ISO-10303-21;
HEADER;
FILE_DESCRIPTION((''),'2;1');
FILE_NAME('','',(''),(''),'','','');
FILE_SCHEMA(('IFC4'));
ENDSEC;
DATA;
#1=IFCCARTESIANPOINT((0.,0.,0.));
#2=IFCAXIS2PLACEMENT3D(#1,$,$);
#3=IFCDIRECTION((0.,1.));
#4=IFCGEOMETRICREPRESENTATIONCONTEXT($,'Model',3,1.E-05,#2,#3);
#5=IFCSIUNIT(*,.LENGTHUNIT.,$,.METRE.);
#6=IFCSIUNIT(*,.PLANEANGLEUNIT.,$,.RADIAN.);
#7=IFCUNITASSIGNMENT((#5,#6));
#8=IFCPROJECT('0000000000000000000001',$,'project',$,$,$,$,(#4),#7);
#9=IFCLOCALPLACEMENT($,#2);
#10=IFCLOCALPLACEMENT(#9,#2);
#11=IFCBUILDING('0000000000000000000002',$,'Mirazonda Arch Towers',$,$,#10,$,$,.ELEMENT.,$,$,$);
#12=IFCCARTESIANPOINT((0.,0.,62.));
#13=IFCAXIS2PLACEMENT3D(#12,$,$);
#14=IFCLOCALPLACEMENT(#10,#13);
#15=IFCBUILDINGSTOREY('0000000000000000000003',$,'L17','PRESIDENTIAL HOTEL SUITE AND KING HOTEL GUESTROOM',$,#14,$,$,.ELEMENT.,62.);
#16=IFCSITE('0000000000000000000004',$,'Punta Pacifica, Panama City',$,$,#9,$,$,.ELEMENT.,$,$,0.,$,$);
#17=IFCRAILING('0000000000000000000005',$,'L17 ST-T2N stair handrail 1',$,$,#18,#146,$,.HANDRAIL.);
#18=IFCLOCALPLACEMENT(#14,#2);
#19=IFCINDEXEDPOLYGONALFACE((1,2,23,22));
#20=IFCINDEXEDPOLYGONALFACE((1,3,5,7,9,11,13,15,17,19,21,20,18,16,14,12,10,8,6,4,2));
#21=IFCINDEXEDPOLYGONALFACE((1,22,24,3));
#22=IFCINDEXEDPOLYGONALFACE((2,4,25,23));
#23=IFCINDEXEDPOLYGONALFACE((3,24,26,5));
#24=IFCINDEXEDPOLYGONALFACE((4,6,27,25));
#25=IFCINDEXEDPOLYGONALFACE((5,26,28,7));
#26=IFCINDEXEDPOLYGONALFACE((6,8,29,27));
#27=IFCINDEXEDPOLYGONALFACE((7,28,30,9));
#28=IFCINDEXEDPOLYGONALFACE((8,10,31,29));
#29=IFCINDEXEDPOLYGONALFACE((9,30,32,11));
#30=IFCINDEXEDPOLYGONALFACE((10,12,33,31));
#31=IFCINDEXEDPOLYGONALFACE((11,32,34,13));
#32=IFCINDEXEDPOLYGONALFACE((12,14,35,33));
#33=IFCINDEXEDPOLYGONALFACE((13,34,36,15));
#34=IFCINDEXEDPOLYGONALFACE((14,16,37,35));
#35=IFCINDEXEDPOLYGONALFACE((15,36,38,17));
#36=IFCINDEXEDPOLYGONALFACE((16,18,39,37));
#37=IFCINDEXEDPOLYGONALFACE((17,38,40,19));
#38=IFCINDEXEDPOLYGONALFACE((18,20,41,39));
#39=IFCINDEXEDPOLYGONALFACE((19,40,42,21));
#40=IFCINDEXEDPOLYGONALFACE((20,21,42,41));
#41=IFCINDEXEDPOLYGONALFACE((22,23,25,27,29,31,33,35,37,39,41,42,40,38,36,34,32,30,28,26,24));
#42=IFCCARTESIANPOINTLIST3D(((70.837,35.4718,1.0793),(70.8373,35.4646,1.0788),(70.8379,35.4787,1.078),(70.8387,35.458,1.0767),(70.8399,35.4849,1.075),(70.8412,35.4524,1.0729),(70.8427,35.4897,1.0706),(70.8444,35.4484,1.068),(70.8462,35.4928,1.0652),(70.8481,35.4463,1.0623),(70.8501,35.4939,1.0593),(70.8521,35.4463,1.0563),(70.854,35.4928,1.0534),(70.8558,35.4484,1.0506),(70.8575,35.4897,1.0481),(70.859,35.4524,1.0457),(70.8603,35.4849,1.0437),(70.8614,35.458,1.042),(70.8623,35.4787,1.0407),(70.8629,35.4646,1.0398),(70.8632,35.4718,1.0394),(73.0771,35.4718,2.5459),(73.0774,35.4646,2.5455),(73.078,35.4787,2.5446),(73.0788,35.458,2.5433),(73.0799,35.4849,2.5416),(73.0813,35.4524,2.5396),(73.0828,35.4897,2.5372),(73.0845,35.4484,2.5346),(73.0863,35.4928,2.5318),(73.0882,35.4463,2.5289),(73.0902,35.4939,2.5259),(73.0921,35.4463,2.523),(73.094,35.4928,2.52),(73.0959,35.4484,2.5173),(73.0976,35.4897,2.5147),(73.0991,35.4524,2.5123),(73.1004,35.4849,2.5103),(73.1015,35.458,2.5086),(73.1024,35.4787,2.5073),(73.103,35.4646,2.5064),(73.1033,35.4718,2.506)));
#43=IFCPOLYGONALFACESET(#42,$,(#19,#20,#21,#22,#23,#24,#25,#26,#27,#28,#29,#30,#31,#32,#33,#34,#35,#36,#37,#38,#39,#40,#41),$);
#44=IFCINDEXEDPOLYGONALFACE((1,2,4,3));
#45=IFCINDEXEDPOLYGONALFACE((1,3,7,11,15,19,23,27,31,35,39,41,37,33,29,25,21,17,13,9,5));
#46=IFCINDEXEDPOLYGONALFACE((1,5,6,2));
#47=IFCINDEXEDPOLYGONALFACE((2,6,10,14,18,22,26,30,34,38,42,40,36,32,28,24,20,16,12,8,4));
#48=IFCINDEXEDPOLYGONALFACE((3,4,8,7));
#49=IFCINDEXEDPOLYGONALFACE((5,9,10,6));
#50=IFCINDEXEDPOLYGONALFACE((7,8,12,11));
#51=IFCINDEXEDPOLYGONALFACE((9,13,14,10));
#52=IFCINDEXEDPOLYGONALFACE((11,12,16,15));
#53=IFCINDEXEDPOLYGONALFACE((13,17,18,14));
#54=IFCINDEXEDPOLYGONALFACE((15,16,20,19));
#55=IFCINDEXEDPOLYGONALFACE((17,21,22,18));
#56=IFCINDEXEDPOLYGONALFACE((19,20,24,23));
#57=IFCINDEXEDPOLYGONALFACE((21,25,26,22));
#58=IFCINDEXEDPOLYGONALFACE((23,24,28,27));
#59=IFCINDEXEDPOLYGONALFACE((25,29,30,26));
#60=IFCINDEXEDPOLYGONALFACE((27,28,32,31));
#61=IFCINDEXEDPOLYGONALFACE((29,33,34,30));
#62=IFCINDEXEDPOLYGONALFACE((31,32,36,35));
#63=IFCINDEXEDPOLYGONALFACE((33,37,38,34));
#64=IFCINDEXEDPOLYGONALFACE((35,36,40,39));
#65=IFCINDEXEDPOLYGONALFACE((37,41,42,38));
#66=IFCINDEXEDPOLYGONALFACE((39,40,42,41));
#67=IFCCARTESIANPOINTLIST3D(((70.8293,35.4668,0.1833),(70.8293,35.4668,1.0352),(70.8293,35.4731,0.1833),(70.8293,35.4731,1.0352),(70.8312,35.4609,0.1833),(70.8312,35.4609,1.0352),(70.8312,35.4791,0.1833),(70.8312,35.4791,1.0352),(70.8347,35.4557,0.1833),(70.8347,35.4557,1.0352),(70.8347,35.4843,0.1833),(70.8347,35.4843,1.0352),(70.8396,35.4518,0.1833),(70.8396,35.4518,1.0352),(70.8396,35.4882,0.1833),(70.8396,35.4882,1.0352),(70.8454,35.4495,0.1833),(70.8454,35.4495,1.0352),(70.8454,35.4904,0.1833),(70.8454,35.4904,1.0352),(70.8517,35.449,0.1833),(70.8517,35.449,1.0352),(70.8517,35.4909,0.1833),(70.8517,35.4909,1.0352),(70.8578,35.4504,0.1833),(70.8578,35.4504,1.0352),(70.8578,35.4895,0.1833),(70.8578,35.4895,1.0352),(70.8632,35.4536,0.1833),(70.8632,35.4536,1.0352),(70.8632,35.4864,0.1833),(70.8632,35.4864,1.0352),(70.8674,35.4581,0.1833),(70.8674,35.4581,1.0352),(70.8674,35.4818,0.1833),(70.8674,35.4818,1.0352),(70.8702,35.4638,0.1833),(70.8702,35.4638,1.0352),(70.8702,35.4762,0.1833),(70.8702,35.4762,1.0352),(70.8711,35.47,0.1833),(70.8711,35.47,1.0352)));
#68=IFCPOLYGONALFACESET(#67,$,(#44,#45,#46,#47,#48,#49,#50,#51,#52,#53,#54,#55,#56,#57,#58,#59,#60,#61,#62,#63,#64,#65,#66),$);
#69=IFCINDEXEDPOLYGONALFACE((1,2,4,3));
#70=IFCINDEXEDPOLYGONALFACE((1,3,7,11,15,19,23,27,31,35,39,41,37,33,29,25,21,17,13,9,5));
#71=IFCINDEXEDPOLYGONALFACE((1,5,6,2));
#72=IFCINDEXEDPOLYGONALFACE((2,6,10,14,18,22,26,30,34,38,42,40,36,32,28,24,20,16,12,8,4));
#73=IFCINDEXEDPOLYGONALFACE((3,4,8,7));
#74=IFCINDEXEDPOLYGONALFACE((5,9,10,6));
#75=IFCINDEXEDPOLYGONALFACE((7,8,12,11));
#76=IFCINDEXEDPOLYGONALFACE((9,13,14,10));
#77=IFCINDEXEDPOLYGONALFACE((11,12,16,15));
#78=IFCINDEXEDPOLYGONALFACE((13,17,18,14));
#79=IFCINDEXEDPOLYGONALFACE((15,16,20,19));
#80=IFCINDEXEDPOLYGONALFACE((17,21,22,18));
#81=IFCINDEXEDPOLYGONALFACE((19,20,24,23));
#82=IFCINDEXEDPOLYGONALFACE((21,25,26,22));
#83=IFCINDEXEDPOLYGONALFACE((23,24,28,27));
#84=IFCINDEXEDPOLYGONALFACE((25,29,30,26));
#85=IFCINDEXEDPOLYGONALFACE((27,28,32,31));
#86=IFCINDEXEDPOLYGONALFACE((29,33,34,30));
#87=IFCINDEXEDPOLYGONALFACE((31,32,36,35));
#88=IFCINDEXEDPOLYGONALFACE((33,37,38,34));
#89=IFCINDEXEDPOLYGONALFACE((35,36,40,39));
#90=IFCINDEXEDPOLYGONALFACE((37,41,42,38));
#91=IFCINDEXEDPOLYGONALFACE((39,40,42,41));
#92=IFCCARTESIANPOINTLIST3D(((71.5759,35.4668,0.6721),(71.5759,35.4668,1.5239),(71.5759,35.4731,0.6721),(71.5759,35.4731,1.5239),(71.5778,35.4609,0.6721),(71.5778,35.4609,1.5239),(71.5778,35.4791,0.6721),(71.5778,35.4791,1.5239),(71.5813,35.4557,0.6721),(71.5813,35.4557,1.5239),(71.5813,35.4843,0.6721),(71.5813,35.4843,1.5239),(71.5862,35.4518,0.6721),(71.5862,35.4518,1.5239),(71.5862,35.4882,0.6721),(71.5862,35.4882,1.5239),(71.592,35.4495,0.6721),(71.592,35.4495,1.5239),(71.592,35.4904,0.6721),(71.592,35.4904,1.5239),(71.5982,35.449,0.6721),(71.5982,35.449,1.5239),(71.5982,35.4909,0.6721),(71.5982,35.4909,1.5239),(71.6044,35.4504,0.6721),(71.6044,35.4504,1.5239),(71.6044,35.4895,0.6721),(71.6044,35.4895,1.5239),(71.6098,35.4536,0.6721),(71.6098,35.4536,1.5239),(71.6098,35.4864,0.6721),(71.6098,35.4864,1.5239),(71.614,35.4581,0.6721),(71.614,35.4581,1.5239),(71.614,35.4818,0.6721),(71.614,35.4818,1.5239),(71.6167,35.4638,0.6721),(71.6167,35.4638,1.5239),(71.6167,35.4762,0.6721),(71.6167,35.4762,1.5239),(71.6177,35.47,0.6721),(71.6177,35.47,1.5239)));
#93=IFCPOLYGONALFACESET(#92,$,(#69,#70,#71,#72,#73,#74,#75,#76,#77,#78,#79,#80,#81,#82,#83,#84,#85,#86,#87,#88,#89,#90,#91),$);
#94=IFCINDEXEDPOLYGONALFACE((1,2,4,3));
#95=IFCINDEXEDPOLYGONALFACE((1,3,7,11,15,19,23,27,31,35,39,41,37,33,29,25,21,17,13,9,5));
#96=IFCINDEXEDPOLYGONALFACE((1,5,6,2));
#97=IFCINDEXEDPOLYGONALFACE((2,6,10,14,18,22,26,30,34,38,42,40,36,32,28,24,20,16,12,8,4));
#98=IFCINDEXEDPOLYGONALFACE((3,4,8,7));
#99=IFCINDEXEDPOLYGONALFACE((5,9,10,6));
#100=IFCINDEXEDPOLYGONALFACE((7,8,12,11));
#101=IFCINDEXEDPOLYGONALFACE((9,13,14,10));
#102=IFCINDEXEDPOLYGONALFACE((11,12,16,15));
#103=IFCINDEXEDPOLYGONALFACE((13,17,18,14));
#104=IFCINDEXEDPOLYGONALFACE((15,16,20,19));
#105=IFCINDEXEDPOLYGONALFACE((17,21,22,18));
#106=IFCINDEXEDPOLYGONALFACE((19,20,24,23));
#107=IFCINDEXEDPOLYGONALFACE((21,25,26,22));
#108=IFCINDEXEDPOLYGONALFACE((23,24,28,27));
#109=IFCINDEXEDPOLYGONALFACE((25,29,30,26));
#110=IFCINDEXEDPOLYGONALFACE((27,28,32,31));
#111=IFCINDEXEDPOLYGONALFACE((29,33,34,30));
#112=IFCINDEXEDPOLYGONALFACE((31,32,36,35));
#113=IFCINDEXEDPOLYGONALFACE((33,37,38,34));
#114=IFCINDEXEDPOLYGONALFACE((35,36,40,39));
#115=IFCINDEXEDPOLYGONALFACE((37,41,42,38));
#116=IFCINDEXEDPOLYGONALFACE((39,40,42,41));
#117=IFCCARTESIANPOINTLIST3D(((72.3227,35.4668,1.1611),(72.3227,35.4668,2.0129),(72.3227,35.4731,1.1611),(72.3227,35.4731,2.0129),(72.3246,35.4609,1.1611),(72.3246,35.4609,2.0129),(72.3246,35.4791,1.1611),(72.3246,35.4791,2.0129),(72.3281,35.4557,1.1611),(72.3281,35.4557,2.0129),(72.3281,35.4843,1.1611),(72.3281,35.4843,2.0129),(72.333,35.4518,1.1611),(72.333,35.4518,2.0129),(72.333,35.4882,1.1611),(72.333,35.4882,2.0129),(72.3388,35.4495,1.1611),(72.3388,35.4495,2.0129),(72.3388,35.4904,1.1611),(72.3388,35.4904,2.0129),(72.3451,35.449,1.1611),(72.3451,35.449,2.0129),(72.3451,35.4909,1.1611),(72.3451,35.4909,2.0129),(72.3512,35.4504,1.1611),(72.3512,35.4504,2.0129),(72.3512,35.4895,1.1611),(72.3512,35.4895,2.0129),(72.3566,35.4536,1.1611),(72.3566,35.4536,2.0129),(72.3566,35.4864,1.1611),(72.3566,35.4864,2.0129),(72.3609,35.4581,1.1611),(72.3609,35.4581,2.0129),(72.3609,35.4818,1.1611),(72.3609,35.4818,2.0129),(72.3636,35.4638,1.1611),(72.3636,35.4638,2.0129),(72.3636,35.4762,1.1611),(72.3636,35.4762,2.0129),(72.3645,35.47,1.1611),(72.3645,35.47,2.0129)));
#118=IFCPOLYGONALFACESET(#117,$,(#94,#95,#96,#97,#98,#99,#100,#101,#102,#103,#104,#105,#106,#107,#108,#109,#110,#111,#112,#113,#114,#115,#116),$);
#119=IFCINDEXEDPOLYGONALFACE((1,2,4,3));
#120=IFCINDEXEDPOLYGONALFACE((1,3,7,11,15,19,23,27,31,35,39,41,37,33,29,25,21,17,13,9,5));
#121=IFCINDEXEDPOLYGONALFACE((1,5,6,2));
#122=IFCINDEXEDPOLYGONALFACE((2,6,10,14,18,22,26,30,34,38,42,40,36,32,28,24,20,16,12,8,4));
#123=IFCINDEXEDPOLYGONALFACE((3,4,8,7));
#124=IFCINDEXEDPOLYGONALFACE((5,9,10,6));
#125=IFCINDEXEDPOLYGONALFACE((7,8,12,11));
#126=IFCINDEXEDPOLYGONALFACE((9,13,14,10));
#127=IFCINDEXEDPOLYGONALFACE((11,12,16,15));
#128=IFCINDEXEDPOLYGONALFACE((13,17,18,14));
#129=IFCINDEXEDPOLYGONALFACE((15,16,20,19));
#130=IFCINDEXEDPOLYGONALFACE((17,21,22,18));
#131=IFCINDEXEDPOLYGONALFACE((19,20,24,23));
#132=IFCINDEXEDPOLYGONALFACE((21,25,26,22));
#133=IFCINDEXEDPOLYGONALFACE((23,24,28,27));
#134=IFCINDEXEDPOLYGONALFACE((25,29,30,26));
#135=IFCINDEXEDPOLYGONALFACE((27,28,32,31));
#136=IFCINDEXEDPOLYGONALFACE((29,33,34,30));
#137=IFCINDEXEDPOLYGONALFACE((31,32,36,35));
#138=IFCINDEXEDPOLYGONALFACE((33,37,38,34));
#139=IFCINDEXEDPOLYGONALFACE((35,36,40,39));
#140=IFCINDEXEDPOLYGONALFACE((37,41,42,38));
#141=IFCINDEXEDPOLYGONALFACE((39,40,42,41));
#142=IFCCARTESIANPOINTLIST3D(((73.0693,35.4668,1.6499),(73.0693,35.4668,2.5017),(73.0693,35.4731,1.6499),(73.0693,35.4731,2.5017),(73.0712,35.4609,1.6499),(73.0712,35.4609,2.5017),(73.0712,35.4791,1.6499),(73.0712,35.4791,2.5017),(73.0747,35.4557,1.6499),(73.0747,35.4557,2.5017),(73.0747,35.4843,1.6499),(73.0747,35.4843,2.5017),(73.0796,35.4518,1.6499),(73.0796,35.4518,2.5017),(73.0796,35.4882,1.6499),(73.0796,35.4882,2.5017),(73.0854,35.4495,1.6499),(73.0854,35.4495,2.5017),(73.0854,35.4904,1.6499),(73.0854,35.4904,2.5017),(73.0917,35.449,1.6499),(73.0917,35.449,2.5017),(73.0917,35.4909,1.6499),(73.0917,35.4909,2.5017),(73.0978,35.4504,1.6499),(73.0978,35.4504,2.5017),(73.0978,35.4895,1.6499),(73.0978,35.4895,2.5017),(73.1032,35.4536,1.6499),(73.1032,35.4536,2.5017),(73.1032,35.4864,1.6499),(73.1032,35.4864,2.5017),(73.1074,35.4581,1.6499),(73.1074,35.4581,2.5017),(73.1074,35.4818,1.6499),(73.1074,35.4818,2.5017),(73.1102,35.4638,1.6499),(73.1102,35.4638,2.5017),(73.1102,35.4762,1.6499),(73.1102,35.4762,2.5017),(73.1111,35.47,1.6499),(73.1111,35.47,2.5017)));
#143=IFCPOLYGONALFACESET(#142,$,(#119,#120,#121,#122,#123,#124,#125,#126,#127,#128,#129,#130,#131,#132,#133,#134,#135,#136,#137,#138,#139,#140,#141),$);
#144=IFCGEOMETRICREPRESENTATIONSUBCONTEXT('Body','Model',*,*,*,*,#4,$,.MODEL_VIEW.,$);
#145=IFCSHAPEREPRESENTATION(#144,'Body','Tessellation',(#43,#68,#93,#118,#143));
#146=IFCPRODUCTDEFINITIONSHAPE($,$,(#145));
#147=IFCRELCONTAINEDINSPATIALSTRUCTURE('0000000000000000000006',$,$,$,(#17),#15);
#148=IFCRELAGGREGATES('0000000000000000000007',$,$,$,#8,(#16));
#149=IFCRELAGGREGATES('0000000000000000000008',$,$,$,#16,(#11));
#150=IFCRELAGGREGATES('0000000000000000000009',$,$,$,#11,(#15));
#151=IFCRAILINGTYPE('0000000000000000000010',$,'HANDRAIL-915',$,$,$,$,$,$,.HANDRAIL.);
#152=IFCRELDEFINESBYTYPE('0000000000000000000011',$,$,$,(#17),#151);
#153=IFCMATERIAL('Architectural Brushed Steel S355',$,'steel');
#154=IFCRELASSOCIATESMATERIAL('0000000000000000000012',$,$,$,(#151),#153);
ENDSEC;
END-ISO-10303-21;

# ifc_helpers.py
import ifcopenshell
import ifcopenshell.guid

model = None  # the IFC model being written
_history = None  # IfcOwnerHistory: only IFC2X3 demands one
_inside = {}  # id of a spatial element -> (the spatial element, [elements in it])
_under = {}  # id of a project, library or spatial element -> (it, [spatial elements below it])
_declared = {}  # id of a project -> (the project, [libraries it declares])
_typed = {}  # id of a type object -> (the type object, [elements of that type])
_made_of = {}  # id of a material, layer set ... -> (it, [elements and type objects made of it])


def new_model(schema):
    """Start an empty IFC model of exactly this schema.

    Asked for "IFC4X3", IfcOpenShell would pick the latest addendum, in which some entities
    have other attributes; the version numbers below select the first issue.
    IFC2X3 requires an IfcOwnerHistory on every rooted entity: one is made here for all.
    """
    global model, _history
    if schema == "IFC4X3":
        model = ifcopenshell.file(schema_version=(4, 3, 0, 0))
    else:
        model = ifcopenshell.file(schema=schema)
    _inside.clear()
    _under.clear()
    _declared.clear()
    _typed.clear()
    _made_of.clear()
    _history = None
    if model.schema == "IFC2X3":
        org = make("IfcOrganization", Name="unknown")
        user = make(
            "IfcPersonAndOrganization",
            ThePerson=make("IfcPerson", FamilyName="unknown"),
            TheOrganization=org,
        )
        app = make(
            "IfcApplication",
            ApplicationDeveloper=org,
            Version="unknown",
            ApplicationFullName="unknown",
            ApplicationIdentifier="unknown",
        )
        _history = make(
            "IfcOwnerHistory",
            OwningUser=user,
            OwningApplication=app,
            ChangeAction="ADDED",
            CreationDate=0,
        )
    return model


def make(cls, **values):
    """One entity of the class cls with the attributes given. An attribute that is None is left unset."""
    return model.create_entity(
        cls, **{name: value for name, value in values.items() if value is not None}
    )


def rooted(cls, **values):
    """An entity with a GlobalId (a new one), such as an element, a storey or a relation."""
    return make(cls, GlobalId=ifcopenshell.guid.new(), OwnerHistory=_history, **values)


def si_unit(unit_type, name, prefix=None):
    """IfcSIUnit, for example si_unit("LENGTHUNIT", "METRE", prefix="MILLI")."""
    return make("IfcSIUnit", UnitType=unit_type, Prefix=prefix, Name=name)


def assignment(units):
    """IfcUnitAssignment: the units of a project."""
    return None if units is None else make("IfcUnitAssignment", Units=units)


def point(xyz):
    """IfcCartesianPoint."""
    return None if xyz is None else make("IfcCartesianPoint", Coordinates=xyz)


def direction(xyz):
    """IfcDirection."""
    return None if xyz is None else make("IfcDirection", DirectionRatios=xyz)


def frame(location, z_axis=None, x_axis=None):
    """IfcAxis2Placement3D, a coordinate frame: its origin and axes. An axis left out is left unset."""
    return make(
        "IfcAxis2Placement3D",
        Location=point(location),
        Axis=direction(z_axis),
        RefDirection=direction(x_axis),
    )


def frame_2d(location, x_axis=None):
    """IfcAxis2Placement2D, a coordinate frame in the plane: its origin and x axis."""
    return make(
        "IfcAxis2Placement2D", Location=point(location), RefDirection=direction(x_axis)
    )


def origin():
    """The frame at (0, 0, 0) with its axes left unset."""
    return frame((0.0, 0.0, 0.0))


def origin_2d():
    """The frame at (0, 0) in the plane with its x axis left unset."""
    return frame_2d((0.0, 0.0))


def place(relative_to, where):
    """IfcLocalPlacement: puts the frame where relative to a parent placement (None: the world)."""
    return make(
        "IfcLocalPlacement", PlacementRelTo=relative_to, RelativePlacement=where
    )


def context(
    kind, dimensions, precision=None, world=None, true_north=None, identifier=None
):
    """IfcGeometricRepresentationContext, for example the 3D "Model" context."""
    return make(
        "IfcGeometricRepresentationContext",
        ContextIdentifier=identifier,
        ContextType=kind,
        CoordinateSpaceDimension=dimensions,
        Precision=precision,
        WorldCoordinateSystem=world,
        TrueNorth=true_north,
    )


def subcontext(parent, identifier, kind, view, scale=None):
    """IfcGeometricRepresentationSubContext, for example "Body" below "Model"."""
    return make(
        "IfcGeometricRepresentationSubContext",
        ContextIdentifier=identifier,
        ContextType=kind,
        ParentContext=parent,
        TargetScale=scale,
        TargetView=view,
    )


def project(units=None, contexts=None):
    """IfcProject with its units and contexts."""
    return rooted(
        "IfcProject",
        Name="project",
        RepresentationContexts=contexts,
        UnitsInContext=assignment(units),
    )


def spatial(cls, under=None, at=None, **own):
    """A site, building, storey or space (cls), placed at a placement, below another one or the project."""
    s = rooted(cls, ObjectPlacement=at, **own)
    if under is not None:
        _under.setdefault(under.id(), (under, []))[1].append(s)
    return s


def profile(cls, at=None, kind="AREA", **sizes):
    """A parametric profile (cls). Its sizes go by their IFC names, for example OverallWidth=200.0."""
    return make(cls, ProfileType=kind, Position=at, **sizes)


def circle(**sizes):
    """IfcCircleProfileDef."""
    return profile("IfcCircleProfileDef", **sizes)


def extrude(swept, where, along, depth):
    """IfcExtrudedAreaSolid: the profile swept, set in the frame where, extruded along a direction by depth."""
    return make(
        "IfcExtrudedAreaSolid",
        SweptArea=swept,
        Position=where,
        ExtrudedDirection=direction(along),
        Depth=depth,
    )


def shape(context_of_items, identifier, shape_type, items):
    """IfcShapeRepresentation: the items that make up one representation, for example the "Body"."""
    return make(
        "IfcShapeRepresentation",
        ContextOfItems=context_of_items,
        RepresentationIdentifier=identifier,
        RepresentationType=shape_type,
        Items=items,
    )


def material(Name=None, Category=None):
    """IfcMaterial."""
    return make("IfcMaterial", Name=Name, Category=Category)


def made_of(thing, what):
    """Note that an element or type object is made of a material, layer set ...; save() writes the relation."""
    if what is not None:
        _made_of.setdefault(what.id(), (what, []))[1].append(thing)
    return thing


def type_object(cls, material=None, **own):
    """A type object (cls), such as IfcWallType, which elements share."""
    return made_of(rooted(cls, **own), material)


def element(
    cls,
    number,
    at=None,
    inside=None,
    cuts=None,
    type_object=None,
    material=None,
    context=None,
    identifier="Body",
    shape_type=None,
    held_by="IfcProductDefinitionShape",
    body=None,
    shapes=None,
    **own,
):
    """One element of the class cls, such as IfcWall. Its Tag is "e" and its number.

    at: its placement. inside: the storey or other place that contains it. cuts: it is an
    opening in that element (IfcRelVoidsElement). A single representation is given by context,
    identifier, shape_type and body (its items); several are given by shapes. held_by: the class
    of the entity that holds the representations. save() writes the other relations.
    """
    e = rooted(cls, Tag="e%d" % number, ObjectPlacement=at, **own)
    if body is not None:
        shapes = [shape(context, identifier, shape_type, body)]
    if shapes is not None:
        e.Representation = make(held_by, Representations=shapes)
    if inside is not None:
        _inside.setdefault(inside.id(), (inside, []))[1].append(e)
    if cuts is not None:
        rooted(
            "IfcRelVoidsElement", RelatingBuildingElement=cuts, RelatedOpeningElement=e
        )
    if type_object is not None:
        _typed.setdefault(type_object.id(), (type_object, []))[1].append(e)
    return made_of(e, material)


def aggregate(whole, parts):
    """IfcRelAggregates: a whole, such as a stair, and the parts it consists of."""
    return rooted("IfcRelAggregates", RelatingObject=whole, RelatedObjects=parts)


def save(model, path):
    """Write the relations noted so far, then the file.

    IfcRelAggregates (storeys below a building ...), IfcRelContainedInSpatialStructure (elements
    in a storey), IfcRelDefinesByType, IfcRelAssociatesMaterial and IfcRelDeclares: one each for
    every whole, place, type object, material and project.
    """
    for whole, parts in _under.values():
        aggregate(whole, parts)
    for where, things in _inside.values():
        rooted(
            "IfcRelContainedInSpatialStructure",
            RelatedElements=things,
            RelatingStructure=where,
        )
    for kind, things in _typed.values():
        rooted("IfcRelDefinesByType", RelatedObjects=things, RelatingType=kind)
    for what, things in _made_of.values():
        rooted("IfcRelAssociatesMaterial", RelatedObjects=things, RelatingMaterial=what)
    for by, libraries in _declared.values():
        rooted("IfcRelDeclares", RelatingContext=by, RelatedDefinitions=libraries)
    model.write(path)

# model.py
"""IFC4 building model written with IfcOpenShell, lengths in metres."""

from ifc_helpers import new_model, si_unit, direction, frame, origin, origin_2d, place, context, subcontext, project, spatial, circle, extrude, material, type_object, element, save


model = new_model("IFC4")

# Units and contexts
model_context = context("Model", 3, precision=1e-05, world=origin(), true_north=direction((0.0, 1.0)))
body_context = subcontext(model_context, "Body", "Model", "MODEL_VIEW")
ifc_project = project(units=[si_unit("LENGTHUNIT", "METRE"), si_unit("PLANEANGLEUNIT", "RADIAN")], contexts=[model_context])

# Site, building, storey
site_placement = place(None, origin())
site = spatial("IfcSite", under=ifc_project, at=site_placement, Name="Punta Pacifica, Panama City", CompositionType="ELEMENT", RefElevation=0.0)
building_placement = place(site_placement, origin())
building = spatial("IfcBuilding", under=site, at=building_placement, Name="Mirazonda Arch Towers", CompositionType="ELEMENT")
storey_placement = place(building_placement, frame((0.0, 0.0, 62.0)))
storey = spatial("IfcBuildingStorey", under=building, at=storey_placement, Name="L17", Description="PRESIDENTIAL HOTEL SUITE AND KING HOTEL GUESTROOM", CompositionType="ELEMENT", Elevation=62.0)

# Railing
ifc_material_1 = material(Name="Architectural Brushed Steel S355", Category="steel")
railing_type_1 = type_object("IfcRailingType", Name="HANDRAIL-915", PredefinedType="HANDRAIL", material=ifc_material_1)
railing_1_placement = place(storey_placement, frame((70.8501, 35.47, 0.1833)))
element("IfcRailing", 1, at=railing_1_placement, inside=storey, type_object=railing_type_1, Name="L17 ST-T2N stair handrail 1", PredefinedType="HANDRAIL", context=body_context, shape_type="SweptSolid", body=[
    extrude(circle(Radius=0.0239, at=origin_2d()), frame((0.0, 0.0, 0.876), z_axis=(0.836637, 0.0, 0.547758), x_axis=(0.0, 1.0, 0.0)), (0.0, 0.0, 1.0), 2.6775),
    extrude(circle(Radius=0.021, at=origin_2d()), origin(), (0.0, 0.0, 1.0), 0.8518),
    extrude(circle(Radius=0.021, at=origin_2d()), frame((0.7466, 0.0, 0.4888)), (0.0, 0.0, 1.0), 0.8518),
    extrude(circle(Radius=0.021, at=origin_2d()), frame((1.4934, 0.0, 0.9778)), (0.0, 0.0, 1.0), 0.8518),
    extrude(circle(Radius=0.021, at=origin_2d()), frame((2.24, 0.0, 1.4666)), (0.0, 0.0, 1.0), 0.8518),
])

save(model, "model.ifc")
